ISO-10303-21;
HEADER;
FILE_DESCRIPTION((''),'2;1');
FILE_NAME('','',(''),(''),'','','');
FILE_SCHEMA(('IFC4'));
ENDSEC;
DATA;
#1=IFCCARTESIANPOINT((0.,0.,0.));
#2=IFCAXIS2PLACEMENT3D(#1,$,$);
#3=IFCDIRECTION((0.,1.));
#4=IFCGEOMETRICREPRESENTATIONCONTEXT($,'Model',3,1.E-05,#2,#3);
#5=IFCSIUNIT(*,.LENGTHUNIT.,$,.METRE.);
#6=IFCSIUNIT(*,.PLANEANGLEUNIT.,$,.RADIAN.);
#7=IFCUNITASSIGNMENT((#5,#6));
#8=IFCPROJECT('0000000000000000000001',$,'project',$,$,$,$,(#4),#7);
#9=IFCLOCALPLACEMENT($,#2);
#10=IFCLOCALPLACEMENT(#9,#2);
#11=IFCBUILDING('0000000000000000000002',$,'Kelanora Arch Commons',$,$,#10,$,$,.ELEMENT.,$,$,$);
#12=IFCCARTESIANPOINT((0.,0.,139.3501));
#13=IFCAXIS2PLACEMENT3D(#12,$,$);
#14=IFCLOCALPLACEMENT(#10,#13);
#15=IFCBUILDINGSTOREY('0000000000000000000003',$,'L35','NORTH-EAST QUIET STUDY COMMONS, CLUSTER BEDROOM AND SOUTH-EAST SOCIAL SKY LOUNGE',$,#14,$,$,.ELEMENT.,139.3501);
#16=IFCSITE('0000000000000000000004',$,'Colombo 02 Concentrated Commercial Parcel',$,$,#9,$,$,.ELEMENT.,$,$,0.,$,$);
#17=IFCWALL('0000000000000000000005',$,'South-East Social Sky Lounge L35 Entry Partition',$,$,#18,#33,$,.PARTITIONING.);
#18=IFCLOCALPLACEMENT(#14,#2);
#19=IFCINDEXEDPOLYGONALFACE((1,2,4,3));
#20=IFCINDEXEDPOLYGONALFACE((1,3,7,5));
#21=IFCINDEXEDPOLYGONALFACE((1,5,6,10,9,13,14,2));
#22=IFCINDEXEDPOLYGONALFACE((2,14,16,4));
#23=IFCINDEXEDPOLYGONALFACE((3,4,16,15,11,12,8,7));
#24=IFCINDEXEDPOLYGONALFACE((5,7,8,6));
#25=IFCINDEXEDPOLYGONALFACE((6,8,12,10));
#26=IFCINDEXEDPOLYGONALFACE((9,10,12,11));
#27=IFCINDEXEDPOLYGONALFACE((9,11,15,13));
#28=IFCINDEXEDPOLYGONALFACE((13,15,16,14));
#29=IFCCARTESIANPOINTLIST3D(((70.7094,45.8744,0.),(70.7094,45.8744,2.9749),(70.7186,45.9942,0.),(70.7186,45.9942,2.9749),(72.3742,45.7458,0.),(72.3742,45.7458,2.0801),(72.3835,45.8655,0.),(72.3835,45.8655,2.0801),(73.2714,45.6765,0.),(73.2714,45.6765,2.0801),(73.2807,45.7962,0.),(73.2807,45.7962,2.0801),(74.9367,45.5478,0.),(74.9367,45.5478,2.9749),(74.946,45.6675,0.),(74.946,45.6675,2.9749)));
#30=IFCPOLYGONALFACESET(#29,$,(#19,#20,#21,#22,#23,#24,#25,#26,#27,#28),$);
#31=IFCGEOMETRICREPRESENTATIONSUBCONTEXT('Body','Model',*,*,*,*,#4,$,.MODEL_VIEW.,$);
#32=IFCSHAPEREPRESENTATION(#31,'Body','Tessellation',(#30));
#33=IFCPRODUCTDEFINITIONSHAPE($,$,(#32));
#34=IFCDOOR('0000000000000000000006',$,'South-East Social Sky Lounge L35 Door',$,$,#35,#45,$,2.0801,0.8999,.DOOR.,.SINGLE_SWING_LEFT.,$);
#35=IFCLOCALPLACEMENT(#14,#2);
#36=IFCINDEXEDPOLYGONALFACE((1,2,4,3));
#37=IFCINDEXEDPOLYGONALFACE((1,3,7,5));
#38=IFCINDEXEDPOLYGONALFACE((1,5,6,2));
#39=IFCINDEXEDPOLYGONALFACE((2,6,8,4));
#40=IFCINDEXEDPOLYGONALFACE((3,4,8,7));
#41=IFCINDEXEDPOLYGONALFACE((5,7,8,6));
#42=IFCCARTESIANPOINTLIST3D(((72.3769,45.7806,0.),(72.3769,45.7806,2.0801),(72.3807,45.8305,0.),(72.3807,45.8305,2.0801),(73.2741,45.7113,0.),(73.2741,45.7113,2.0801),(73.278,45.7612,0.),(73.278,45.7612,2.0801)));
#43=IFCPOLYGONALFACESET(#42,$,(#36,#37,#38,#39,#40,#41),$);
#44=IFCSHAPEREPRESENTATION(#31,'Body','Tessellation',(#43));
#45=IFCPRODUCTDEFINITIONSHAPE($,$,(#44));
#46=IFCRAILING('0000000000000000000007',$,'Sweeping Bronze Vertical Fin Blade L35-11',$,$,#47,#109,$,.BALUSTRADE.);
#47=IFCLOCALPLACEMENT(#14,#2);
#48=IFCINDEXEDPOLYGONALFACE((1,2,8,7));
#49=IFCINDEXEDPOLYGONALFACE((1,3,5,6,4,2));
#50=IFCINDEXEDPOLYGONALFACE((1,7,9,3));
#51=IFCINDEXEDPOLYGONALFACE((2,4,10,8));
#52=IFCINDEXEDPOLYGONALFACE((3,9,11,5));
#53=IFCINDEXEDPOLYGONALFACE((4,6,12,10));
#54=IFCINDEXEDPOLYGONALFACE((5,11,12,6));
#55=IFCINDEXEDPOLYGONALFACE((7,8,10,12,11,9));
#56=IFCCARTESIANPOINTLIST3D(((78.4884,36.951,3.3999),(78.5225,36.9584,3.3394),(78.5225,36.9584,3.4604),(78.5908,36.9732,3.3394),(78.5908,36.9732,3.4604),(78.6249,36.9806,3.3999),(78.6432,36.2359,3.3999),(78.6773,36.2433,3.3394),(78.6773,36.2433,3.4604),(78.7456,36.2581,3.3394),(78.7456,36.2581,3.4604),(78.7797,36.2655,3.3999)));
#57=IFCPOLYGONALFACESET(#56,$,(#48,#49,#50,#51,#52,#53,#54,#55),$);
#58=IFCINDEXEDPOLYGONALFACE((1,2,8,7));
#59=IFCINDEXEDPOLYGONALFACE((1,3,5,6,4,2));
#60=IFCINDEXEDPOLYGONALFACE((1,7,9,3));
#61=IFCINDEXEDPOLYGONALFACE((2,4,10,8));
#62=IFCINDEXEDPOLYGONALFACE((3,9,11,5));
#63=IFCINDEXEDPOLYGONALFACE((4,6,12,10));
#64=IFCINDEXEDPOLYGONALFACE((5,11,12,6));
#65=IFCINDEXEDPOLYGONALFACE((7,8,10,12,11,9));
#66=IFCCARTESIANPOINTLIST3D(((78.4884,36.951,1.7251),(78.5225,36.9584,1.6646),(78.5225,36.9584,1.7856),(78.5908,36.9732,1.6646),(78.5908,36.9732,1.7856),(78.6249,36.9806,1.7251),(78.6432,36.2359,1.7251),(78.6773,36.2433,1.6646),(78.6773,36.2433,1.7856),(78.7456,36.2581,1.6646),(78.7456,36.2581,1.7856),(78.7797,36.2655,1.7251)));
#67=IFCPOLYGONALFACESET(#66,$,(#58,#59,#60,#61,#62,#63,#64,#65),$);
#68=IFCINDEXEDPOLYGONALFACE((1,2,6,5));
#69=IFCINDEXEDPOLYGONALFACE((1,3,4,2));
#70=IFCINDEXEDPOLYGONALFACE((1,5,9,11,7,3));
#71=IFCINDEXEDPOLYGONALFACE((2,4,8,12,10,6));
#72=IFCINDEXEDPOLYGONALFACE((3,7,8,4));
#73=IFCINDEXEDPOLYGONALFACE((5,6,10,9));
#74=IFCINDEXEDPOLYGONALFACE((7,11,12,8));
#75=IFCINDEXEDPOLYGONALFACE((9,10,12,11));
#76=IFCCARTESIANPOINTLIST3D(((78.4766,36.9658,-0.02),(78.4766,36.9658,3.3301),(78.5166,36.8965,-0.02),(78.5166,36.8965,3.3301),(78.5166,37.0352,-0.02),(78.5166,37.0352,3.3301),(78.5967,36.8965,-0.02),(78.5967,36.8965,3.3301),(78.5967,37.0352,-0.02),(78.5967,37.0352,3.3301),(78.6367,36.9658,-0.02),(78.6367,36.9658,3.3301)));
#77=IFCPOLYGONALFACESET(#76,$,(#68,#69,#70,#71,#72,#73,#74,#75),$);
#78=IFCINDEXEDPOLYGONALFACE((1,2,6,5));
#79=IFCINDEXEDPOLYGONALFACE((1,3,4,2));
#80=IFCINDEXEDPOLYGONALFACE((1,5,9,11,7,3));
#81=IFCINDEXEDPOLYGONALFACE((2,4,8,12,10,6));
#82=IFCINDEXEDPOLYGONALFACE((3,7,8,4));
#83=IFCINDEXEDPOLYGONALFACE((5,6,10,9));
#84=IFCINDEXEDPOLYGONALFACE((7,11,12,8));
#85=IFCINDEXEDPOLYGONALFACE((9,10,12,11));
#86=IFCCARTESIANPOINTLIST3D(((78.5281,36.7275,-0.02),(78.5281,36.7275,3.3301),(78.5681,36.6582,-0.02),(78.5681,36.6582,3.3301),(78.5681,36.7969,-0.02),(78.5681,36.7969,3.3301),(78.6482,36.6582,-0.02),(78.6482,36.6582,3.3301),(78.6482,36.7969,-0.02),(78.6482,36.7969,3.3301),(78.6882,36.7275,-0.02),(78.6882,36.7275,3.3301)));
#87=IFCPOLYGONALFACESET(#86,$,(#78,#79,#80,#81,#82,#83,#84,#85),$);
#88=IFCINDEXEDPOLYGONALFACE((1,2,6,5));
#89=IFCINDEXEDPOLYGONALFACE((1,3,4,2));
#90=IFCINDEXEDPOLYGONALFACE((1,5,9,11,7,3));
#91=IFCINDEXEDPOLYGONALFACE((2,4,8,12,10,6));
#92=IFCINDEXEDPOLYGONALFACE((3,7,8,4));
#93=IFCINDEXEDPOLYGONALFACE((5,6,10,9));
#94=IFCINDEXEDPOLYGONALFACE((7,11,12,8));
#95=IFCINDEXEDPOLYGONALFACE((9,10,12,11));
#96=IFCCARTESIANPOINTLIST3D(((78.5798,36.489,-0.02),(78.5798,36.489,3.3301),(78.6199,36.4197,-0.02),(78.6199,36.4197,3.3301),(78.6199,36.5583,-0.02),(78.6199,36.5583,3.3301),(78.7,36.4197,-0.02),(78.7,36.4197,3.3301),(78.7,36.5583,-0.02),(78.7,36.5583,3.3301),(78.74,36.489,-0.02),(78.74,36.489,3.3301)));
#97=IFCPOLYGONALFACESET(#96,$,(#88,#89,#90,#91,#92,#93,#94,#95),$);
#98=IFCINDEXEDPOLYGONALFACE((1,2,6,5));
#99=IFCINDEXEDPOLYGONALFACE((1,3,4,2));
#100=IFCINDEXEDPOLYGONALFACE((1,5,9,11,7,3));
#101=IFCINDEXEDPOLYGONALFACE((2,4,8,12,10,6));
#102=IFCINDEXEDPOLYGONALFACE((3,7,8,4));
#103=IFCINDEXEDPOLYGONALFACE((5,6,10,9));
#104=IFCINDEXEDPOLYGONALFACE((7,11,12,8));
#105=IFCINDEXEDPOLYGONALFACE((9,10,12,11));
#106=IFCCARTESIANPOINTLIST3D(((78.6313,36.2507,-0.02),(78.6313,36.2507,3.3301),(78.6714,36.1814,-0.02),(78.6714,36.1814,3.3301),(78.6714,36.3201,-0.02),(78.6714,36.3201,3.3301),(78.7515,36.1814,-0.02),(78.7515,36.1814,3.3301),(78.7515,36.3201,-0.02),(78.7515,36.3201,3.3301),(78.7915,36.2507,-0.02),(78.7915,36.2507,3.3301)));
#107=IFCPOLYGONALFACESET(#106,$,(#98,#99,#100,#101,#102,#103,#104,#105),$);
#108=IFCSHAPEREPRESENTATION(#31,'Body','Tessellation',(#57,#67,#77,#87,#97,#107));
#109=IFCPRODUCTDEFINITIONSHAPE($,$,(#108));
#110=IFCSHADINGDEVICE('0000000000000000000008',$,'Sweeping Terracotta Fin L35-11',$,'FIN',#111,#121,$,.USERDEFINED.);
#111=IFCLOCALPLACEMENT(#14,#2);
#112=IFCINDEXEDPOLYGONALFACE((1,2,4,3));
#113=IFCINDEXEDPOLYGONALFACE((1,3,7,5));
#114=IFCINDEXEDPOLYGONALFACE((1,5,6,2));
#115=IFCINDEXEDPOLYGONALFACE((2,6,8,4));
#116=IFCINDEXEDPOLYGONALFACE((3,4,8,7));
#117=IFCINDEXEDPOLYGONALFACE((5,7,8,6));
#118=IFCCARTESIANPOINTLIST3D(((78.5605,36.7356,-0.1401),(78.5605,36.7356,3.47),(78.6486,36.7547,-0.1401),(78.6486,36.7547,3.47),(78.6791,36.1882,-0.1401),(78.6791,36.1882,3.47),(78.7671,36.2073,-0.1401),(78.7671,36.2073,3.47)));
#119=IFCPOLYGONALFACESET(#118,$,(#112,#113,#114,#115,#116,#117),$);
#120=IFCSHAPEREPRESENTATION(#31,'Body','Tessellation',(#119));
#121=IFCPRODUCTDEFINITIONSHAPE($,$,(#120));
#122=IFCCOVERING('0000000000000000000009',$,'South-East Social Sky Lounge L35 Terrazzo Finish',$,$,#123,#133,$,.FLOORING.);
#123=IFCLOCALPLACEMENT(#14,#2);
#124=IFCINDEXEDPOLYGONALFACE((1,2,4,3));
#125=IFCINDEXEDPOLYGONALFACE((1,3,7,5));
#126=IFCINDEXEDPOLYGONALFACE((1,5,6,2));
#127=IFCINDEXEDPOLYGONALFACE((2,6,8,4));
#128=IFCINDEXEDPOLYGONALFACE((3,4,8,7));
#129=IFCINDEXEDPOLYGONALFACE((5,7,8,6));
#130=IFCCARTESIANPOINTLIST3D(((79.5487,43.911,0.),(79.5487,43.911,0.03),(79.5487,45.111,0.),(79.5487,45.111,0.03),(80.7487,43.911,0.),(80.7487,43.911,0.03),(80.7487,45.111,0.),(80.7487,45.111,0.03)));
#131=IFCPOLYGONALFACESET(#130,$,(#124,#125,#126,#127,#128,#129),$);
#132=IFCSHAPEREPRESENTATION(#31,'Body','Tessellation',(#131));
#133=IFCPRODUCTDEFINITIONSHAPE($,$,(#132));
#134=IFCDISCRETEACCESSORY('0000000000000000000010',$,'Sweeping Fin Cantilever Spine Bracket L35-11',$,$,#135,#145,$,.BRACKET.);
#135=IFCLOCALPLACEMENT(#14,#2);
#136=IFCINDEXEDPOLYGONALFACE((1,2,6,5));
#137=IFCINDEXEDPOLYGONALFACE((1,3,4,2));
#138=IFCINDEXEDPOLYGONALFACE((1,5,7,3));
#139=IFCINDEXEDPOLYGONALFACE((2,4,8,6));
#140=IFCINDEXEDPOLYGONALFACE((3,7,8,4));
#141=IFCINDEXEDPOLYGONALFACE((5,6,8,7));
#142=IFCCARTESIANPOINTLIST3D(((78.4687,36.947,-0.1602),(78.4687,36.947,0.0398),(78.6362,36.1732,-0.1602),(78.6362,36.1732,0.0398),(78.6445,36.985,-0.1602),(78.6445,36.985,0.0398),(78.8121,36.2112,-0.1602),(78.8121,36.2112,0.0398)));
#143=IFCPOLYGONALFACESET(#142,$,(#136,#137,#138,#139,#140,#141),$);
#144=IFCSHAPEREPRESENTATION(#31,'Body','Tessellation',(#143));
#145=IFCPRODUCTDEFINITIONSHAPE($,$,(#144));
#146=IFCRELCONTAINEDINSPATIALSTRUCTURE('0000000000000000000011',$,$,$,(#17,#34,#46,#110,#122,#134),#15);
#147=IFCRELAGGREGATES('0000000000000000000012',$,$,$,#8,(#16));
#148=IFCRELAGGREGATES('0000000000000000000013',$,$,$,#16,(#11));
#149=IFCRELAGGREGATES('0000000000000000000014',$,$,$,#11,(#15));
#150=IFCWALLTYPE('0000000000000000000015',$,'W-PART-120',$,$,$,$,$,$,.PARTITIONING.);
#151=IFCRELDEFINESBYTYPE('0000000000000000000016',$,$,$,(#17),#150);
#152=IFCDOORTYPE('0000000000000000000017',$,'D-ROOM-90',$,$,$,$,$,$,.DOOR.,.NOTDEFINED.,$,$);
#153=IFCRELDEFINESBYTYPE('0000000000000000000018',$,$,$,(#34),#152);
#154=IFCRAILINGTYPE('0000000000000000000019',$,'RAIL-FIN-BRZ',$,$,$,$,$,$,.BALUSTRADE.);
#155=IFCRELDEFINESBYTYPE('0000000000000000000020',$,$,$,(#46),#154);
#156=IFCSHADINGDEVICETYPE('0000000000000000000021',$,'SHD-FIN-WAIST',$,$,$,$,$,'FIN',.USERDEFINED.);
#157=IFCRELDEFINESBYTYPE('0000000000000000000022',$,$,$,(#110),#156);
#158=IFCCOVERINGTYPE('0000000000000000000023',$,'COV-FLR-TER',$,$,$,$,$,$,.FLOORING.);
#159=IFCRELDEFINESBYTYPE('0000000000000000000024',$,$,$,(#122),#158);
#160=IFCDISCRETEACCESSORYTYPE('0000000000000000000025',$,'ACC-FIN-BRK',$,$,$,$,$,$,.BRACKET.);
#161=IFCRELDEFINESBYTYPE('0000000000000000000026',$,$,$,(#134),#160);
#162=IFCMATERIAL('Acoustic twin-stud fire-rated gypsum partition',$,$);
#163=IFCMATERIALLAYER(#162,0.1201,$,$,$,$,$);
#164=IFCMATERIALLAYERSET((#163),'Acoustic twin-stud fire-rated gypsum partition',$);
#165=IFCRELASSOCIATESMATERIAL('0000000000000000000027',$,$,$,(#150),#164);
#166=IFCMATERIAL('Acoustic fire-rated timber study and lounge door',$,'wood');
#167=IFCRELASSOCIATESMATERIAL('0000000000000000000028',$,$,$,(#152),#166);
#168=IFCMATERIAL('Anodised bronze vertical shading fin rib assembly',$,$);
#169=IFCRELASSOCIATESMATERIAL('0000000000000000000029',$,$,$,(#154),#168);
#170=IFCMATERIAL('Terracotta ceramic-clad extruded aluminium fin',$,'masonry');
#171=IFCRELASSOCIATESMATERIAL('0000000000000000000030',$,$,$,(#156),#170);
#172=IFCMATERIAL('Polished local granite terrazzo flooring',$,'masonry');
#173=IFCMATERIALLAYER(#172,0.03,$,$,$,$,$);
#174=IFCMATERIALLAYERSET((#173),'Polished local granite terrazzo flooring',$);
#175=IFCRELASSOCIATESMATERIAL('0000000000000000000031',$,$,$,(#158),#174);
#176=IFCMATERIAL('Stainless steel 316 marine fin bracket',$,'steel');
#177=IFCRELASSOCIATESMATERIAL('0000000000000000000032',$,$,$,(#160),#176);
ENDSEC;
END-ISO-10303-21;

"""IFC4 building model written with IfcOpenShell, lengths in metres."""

from ifc_helpers import new_model, si_unit, direction, frame, frame_2d, origin, origin_2d, place, context, subcontext, project, spatial, polyline, rectangle, outline, extrude, source, transform, mapped, material, layer, layer_set, type_object, element, fill, save


model = new_model("IFC4")

# Units and contexts
model_context = context("Model", 3, precision=1e-05, world=origin(), true_north=direction((0.0, 1.0)))
body_context = subcontext(model_context, "Body", "Model", "MODEL_VIEW")
ifc_project = project(units=[si_unit("LENGTHUNIT", "METRE"), si_unit("PLANEANGLEUNIT", "RADIAN")], contexts=[model_context])

# Site, building, storey
site_placement = place(None, origin())
site = spatial("IfcSite", under=ifc_project, at=site_placement, Name="Colombo 02 Concentrated Commercial Parcel", CompositionType="ELEMENT", RefElevation=0.0)
building_placement = place(site_placement, origin())
building = spatial("IfcBuilding", under=site, at=building_placement, Name="Kelanora Arch Commons", CompositionType="ELEMENT")
storey_placement = place(building_placement, frame((0.0, 0.0, 139.3501)))
storey = spatial("IfcBuildingStorey", under=building, at=storey_placement, Name="L35", Description="NORTH-EAST QUIET STUDY COMMONS, CLUSTER BEDROOM AND SOUTH-EAST SOCIAL SKY LOUNGE", CompositionType="ELEMENT", Elevation=139.3501)

# Wall, opening, door
ifc_material_1 = material(Name="Acoustic twin-stud fire-rated gypsum partition")
ifc_layer_1 = layer(ifc_material_1, 0.1201)
ifc_layer_set_1 = layer_set([ifc_layer_1], Name="Acoustic twin-stud fire-rated gypsum partition")
wall_type_1 = type_object("IfcWallType", Name="W-PART-120", PredefinedType="PARTITIONING", material=ifc_layer_set_1)
wall_1_placement = place(storey_placement, frame((70.7139, 45.9343, 0.0), z_axis=(0.0, 0.0, 1.0), x_axis=(0.997028, -0.077044, 0.0)))
wall_1 = element("IfcWall", 1, at=wall_1_placement, inside=storey, type_object=wall_type_1, Name="South-East Social Sky Lounge L35 Entry Partition", PredefinedType="PARTITIONING", context=body_context, shape_type="SweptSolid", body=[
    extrude(rectangle(XDim=4.24, YDim=0.1201, at=frame_2d((2.1201, 0.0))), origin(), (0.0, 0.0, 1.0), 2.9749),
])
opening_placement = place(wall_1_placement, frame((1.6699, 0.0, 0.0)))
opening = element("IfcOpeningElement", 2, at=opening_placement, cuts=wall_1, PredefinedType="OPENING", context=body_context, shape_type="SweptSolid", body=[
    extrude(rectangle(XDim=0.8999, YDim=2.0801, at=frame_2d((0.45, 1.04))), frame((0.0, 0.0701, 0.0), z_axis=(0.0, -1.0, 0.0), x_axis=(1.0, 0.0, 0.0)), (0.0, 0.0, 1.0), 0.1401),
])
ifc_material_2 = material(Name="Acoustic fire-rated timber study and lounge door", Category="wood")
door_type = type_object("IfcDoorType", Name="D-ROOM-90", OperationType="NOTDEFINED", PredefinedType="DOOR", material=ifc_material_2)
door_placement = place(opening_placement, origin())
door = element("IfcDoor", 3, at=door_placement, inside=storey, type_object=door_type, Name="South-East Social Sky Lounge L35 Door", OperationType="SINGLE_SWING_LEFT", OverallHeight=2.0801, OverallWidth=0.8999, PredefinedType="DOOR", context=body_context, shape_type="SweptSolid", body=[
    extrude(rectangle(XDim=0.8999, YDim=2.0801, at=frame_2d((0.45, 1.04))), frame((0.0, 0.0249, 0.0), z_axis=(0.0, -1.0, 0.0), x_axis=(1.0, 0.0, 0.0)), (0.0, 0.0, 1.0), 0.05),
])
fill(opening, door)

# Railing
ifc_material_3 = material(Name="Anodised bronze vertical shading fin rib assembly")
railing_type = type_object("IfcRailingType", Name="RAIL-FIN-BRZ", PredefinedType="BALUSTRADE", material=ifc_material_3)
railing_placement = place(storey_placement, frame((78.5566, 36.9658, -0.02)))
element("IfcRailing", 4, at=railing_placement, inside=storey, type_object=railing_type, Name="Sweeping Bronze Vertical Fin Blade L35-11", PredefinedType="BALUSTRADE", context=body_context, shape_type="SweptSolid", body=[
    extrude(outline(polyline([(0.0698, 0.0), (0.0349, 0.0605), (-0.0349, 0.0605), (-0.0698, 0.0), (-0.0349, -0.0605), (0.0349, -0.0605), (0.0698, 0.0)])), frame((0.0, 0.0, 3.4199), z_axis=(0.211557, -0.977366, 0.0), x_axis=(0.977366, 0.211557, 0.0)), (0.0, 0.0, 1.0), 0.7317),
    extrude(outline(polyline([(0.0698, 0.0), (0.0349, 0.0605), (-0.0349, 0.0605), (-0.0698, 0.0), (-0.0349, -0.0605), (0.0349, -0.0605), (0.0698, 0.0)])), frame((0.0, 0.0, 1.7451), z_axis=(0.211557, -0.977366, 0.0), x_axis=(0.977366, 0.211557, 0.0)), (0.0, 0.0, 1.0), 0.7317),
    extrude(outline(polyline([(0.0801, 0.0), (0.04, 0.0693), (-0.04, 0.0693), (-0.0801, 0.0), (-0.04, -0.0693), (0.04, -0.0693), (0.0801, 0.0)])), origin(), (0.0, 0.0, 1.0), 3.3501),
    extrude(outline(polyline([(0.0801, 0.0), (0.04, 0.0693), (-0.04, 0.0693), (-0.0801, 0.0), (-0.04, -0.0693), (0.04, -0.0693), (0.0801, 0.0)])), frame((0.0515, -0.2383, 0.0)), (0.0, 0.0, 1.0), 3.3501),
    extrude(outline(polyline([(0.0801, 0.0), (0.04, 0.0693), (-0.04, 0.0693), (-0.0801, 0.0), (-0.04, -0.0693), (0.04, -0.0693), (0.0801, 0.0)])), frame((0.1033, -0.4768, 0.0)), (0.0, 0.0, 1.0), 3.3501),
    extrude(outline(polyline([(0.0801, 0.0), (0.04, 0.0693), (-0.04, 0.0693), (-0.0801, 0.0), (-0.04, -0.0693), (0.04, -0.0693), (0.0801, 0.0)])), frame((0.1548, -0.7151, 0.0)), (0.0, 0.0, 1.0), 3.3501),
])

# Shading device
ifc_material_4 = material(Name="Terracotta ceramic-clad extruded aluminium fin", Category="masonry")
shading_device_type = type_object("IfcShadingDeviceType", Name="SHD-FIN-WAIST", ElementType="FIN", PredefinedType="USERDEFINED", material=ifc_material_4)
shared_shape_1 = source(origin(), body_context, "Body", "SweptSolid", [
    extrude(rectangle(XDim=0.5601, YDim=0.0901, at=origin_2d()), origin(), (0.0, 0.0, 1.0), 3.6101),
])
shading_device_placement = place(storey_placement, frame((78.6638, 36.4714, -0.1401), z_axis=(0.0, 0.0, 1.0), x_axis=(0.211666, -0.977342, 0.0)))
element("IfcShadingDevice", 5, at=shading_device_placement, inside=storey, type_object=shading_device_type, Name="Sweeping Terracotta Fin L35-11", ObjectType="FIN", PredefinedType="USERDEFINED", context=body_context, shape_type="MappedRepresentation", body=[
    mapped(shared_shape_1, transform((0.0, 0.0, 0.0), scale=1.0)),
])

# Covering
ifc_material_5 = material(Name="Polished local granite terrazzo flooring", Category="masonry")
ifc_layer_2 = layer(ifc_material_5, 0.03)
ifc_layer_set_2 = layer_set([ifc_layer_2], Name="Polished local granite terrazzo flooring")
covering_type = type_object("IfcCoveringType", Name="COV-FLR-TER", PredefinedType="FLOORING", material=ifc_layer_set_2)
shared_shape_2 = source(origin(), body_context, "Body", "SweptSolid", [
    extrude(rectangle(XDim=1.2, YDim=1.2, at=origin_2d()), origin(), (0.0, 0.0, 1.0), 0.03),
])
covering_placement = place(storey_placement, frame((80.1487, 44.511, 0.0), z_axis=(0.0, 0.0, 1.0), x_axis=(1.0, 0.0, 0.0)))
element("IfcCovering", 6, at=covering_placement, inside=storey, type_object=covering_type, Name="South-East Social Sky Lounge L35 Terrazzo Finish", PredefinedType="FLOORING", context=body_context, shape_type="MappedRepresentation", body=[
    mapped(shared_shape_2, transform((0.0, 0.0, 0.0), scale=1.0)),
])

# Discrete accessory
ifc_material_6 = material(Name="Stainless steel 316 marine fin bracket", Category="steel")
discrete_accessory_type = type_object("IfcDiscreteAccessoryType", Name="ACC-FIN-BRK", PredefinedType="BRACKET", material=ifc_material_6)
shared_shape_3 = source(origin(), body_context, "Body", "SweptSolid", [
    extrude(rectangle(XDim=0.7917, YDim=0.1799, at=origin_2d()), origin(), (0.0, 0.0, 1.0), 0.2),
])
discrete_accessory_placement = place(storey_placement, frame((78.6404, 36.5791, -0.1602), z_axis=(0.0, 0.0, 1.0), x_axis=(0.211666, -0.977342, 0.0)))
element("IfcDiscreteAccessory", 7, at=discrete_accessory_placement, inside=storey, type_object=discrete_accessory_type, Name="Sweeping Fin Cantilever Spine Bracket L35-11", PredefinedType="BRACKET", context=body_context, shape_type="MappedRepresentation", body=[
    mapped(shared_shape_3, transform((0.0, 0.0, 0.0), scale=1.0)),
])

save(model, "model.ifc")
